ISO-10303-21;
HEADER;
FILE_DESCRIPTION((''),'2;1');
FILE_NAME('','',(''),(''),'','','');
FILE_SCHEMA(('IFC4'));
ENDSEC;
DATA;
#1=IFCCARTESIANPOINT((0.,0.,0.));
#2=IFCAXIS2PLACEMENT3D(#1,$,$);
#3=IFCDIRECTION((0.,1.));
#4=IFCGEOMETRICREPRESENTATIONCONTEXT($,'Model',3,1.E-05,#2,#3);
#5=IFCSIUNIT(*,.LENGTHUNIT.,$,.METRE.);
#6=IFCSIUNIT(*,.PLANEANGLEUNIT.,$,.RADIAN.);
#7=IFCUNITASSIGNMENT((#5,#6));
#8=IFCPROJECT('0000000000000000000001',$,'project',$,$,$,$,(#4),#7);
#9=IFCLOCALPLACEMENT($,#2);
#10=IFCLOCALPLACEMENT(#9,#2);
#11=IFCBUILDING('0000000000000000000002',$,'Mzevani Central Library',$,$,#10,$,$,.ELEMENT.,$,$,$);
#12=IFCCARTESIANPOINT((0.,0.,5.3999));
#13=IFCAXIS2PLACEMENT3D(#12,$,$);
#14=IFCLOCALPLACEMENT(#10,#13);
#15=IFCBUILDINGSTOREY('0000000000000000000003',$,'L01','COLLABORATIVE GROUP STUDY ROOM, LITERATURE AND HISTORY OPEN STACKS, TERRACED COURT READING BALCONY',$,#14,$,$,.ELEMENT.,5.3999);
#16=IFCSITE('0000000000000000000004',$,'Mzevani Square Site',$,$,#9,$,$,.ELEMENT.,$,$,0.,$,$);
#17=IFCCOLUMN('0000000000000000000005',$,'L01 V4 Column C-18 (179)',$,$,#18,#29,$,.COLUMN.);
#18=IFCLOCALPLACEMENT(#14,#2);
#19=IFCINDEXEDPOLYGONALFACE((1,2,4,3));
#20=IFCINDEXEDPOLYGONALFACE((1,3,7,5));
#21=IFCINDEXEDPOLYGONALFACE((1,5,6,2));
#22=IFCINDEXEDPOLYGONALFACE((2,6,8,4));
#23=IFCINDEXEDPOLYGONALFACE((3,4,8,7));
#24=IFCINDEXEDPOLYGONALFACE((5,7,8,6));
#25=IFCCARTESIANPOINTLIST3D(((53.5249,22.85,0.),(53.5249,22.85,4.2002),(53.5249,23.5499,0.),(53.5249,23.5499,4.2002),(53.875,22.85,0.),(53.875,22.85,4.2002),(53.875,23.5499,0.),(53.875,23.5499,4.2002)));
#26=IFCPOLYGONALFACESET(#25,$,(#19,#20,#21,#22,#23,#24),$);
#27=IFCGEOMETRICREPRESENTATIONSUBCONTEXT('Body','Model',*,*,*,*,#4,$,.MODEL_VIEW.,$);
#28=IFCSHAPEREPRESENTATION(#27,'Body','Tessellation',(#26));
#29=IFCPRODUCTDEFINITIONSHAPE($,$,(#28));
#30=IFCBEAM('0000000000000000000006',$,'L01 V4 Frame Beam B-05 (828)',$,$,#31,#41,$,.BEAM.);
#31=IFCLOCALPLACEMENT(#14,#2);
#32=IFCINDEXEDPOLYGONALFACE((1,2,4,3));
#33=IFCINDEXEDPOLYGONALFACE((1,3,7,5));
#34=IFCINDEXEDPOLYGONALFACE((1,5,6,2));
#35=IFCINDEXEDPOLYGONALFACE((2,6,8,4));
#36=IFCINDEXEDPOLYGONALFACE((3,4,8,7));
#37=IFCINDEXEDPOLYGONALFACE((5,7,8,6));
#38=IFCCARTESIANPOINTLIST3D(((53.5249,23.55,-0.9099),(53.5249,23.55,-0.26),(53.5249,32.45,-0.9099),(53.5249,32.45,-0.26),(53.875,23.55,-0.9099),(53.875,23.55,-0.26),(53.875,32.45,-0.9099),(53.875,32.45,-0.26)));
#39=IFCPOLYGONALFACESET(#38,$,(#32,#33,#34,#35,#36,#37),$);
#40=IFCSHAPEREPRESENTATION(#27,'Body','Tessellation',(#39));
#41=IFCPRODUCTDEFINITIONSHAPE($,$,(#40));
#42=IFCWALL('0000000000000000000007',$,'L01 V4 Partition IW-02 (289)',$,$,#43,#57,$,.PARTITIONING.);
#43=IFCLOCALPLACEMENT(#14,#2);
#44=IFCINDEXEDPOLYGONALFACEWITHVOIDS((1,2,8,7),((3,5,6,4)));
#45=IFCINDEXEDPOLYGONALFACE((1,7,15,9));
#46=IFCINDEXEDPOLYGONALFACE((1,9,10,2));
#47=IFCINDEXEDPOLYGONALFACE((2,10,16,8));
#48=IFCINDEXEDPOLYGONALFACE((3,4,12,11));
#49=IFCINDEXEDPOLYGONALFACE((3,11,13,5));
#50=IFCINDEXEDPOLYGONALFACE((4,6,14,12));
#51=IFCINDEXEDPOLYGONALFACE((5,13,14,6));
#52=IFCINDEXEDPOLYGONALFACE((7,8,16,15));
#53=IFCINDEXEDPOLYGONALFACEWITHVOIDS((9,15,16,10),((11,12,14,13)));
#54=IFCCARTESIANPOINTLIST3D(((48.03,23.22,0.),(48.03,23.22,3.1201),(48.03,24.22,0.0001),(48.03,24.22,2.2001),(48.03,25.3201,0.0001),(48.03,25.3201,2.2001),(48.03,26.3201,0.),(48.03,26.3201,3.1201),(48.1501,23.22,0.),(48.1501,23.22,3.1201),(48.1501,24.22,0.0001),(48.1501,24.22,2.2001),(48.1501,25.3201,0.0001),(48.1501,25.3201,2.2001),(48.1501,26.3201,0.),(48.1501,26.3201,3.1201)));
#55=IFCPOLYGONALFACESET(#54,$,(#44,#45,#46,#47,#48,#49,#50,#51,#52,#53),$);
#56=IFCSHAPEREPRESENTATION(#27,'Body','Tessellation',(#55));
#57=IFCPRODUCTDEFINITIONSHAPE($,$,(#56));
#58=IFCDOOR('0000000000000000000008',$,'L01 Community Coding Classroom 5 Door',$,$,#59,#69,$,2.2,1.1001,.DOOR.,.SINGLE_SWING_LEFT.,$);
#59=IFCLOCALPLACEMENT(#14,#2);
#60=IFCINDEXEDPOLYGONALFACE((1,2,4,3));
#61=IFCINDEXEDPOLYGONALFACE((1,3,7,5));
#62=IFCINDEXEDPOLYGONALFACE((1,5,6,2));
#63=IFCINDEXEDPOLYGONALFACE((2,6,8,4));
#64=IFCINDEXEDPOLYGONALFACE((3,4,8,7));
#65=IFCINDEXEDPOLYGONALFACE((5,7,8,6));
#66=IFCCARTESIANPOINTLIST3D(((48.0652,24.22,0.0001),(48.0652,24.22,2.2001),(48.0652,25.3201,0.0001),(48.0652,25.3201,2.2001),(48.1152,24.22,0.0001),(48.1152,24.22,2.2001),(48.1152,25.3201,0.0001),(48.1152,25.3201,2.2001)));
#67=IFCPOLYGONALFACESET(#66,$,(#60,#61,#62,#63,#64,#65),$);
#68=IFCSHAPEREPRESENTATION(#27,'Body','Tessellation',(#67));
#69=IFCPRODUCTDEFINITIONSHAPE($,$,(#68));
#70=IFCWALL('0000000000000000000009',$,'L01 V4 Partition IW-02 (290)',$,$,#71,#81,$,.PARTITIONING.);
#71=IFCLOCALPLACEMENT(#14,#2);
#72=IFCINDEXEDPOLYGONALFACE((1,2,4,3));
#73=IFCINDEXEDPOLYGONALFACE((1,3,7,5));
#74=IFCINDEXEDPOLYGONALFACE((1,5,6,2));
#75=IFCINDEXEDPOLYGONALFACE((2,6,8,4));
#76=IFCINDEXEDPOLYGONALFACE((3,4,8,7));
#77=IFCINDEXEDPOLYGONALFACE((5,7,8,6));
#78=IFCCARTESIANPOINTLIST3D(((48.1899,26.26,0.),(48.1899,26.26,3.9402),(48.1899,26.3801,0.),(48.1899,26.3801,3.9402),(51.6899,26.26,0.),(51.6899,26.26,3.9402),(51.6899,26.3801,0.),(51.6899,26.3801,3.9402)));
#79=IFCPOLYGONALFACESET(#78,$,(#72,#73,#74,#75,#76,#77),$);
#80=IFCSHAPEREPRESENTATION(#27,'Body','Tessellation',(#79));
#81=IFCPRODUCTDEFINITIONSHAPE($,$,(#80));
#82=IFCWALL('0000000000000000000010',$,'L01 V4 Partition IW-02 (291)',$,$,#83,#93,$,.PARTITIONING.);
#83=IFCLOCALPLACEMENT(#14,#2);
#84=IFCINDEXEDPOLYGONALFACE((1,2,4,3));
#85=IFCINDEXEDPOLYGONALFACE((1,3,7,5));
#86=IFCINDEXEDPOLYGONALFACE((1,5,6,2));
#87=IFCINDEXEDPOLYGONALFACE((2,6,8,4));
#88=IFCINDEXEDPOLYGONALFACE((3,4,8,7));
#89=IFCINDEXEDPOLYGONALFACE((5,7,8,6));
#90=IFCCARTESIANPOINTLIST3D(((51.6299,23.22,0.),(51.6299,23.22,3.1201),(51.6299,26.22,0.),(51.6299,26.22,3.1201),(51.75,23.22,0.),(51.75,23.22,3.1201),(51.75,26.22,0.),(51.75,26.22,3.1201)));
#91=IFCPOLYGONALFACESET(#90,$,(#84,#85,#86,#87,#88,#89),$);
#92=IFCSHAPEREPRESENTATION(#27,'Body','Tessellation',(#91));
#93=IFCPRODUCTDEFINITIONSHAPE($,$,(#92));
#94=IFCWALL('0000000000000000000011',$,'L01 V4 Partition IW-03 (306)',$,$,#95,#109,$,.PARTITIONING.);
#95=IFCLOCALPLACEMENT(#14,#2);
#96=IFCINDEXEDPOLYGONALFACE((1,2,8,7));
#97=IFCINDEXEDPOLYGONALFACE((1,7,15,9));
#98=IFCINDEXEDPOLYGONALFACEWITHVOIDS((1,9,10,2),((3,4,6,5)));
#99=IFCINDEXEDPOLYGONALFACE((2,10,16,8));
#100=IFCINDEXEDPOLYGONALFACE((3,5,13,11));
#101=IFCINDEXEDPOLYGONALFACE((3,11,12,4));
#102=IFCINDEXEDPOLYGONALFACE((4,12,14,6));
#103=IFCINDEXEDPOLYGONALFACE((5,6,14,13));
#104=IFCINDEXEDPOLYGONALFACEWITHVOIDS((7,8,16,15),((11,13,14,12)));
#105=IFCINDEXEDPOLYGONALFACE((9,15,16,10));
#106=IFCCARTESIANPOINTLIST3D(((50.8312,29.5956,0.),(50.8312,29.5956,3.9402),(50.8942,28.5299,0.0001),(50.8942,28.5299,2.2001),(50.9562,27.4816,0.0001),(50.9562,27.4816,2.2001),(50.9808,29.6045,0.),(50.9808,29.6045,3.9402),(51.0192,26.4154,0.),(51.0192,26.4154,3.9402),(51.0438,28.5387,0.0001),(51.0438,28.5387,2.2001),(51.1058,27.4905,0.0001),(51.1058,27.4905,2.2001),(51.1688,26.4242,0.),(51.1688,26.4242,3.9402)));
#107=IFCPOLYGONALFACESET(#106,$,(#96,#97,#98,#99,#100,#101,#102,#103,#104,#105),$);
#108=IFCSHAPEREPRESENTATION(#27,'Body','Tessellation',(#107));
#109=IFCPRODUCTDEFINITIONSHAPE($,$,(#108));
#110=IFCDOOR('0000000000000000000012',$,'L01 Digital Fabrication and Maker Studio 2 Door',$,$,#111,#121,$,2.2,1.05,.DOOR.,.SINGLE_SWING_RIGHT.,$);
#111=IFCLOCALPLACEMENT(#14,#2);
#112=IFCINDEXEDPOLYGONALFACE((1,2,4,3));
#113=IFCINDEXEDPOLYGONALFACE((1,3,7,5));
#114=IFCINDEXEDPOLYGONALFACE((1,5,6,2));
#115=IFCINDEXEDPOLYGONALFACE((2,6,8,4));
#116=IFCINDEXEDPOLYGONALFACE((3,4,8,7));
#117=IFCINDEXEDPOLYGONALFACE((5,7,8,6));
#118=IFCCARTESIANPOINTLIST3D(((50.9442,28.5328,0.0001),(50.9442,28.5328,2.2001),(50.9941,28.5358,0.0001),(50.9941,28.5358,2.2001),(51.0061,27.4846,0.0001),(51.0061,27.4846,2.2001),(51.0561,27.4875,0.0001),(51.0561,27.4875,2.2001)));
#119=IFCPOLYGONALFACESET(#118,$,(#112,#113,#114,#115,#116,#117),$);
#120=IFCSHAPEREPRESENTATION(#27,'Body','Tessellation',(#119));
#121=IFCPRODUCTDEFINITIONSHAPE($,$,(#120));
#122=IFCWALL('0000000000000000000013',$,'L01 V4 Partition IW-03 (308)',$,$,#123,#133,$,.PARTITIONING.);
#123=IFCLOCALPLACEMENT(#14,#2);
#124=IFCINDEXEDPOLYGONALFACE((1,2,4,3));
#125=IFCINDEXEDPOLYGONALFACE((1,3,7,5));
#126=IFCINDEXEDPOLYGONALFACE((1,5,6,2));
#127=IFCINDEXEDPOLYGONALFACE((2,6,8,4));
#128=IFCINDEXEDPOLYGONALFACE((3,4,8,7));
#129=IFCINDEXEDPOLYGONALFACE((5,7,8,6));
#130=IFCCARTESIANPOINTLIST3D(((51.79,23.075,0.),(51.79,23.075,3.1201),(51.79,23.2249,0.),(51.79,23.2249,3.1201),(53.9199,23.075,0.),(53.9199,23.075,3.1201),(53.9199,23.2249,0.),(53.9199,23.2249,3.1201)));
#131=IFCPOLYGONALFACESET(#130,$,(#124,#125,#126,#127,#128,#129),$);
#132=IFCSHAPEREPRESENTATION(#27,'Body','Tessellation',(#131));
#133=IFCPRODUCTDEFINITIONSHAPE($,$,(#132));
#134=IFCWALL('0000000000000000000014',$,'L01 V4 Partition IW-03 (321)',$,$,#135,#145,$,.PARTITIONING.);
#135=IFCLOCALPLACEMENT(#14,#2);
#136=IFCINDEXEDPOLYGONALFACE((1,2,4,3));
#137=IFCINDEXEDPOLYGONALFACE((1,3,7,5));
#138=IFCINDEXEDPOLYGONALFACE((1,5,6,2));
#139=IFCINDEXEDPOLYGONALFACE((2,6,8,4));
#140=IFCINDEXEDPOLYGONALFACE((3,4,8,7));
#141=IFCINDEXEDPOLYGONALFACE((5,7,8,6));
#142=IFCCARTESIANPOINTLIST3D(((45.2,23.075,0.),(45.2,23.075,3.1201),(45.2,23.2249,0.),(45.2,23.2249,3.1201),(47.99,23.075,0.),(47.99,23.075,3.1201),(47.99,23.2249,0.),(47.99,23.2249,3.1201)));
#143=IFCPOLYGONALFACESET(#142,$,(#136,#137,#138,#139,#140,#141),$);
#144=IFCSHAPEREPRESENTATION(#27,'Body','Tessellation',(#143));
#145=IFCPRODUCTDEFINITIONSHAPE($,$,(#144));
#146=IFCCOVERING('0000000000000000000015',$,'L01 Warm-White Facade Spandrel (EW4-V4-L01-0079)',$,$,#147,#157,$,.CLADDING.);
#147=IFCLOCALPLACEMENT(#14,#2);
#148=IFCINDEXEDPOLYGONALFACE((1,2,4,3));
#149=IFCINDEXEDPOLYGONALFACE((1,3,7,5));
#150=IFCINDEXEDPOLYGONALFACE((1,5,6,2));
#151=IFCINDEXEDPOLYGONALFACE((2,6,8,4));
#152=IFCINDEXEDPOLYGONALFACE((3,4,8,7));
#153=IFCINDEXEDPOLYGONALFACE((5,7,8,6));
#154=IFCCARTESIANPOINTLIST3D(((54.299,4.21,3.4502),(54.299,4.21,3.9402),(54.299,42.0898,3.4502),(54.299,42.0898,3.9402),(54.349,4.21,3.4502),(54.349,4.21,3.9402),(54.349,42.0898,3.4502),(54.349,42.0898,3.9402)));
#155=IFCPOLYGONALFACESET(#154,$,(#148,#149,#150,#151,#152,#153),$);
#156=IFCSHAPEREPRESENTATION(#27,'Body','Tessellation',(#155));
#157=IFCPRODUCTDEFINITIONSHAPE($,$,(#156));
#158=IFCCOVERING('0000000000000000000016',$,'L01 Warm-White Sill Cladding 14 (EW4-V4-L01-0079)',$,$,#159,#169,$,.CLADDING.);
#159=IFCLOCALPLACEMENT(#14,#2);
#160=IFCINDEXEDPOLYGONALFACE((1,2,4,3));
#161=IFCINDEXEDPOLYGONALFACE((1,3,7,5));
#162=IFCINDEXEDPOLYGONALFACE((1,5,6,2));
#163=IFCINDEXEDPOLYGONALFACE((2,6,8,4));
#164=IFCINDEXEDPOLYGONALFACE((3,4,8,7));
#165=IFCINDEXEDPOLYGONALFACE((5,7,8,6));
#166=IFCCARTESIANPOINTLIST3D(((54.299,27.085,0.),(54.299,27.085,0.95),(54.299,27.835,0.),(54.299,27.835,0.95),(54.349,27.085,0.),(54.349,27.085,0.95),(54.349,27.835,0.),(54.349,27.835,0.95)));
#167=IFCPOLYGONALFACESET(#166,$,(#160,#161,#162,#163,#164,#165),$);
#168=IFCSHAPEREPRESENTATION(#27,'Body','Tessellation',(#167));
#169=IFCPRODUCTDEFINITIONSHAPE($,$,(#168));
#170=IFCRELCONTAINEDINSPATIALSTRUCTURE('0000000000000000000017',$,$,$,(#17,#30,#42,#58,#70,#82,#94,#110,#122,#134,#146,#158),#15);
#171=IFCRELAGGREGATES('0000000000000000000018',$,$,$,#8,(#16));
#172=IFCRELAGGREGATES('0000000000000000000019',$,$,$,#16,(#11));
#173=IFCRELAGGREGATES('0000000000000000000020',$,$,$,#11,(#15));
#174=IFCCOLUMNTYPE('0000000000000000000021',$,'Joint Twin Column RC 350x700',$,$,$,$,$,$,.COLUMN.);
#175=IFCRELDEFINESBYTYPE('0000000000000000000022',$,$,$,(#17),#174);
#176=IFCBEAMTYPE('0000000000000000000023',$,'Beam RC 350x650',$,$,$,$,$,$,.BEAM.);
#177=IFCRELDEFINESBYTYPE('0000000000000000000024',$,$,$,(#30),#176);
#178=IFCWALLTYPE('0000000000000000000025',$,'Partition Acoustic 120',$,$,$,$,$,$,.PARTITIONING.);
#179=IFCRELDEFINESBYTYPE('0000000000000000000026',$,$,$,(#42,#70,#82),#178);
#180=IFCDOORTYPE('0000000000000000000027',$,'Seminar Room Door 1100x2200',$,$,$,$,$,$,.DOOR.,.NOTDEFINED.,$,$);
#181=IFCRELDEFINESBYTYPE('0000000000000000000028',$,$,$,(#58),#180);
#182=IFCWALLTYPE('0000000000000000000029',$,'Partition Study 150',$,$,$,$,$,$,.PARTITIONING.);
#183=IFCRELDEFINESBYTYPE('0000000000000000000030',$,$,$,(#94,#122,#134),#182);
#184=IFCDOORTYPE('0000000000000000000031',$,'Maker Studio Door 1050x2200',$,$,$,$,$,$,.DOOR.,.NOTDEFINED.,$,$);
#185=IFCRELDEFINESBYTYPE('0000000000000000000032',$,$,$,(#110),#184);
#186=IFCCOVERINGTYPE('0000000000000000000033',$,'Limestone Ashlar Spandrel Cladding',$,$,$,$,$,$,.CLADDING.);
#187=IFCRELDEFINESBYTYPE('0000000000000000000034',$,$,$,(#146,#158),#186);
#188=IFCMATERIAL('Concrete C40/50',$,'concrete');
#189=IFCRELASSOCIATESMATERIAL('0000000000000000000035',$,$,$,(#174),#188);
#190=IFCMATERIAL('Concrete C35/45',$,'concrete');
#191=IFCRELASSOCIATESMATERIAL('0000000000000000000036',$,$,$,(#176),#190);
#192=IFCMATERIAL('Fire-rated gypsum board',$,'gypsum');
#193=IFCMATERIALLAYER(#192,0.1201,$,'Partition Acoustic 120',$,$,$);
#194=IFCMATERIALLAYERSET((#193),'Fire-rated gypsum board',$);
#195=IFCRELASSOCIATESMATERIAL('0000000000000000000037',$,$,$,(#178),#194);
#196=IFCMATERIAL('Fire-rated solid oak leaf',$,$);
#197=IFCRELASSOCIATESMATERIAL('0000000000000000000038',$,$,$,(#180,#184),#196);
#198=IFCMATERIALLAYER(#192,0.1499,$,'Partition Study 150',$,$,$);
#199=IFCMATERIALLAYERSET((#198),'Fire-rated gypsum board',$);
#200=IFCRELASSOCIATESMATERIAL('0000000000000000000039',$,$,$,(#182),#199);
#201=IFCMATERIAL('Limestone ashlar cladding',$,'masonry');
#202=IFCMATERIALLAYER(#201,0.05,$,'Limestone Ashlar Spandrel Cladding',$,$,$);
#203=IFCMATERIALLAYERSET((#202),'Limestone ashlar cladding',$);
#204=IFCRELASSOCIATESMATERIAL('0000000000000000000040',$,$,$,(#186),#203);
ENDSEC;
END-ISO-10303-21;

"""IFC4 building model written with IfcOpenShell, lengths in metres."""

from ifc_helpers import new_model, si_unit, direction, frame, frame_2d, origin, origin_2d, place, context, subcontext, project, spatial, rectangle, extrude, material, layer, layer_set, material_profile, profile_set, type_object, element, fill, save


model = new_model("IFC4")

# Units and contexts
model_context = context("Model", 3, precision=1e-05, world=origin(), true_north=direction((0.0, 1.0)))
body_context = subcontext(model_context, "Body", "Model", "MODEL_VIEW")
ifc_project = project(units=[si_unit("LENGTHUNIT", "METRE"), si_unit("PLANEANGLEUNIT", "RADIAN")], contexts=[model_context])

# Site, building, storey
site_placement = place(None, origin())
site = spatial("IfcSite", under=ifc_project, at=site_placement, Name="Mzevani Square Site", CompositionType="ELEMENT", RefElevation=0.0)
building_placement = place(site_placement, origin())
building = spatial("IfcBuilding", under=site, at=building_placement, Name="Mzevani Central Library", CompositionType="ELEMENT")
storey_placement = place(building_placement, frame((0.0, 0.0, 5.3999)))
storey = spatial("IfcBuildingStorey", under=building, at=storey_placement, Name="L01", Description="COLLABORATIVE GROUP STUDY ROOM, LITERATURE AND HISTORY OPEN STACKS, TERRACED COURT READING BALCONY", CompositionType="ELEMENT", Elevation=5.3999)

# Column
ifc_material_1 = material(Name="Concrete C40/50", Category="concrete")
ifc_material_profile_1 = material_profile(ifc_material_1, rectangle(XDim=0.3501, YDim=0.7, at=origin_2d()), Name="RC 350x700")
ifc_profile_set_1 = profile_set([ifc_material_profile_1], Name="Concrete C40/50")
column_type = type_object("IfcColumnType", Name="Joint Twin Column RC 350x700", PredefinedType="COLUMN", material=ifc_profile_set_1)
column_placement = place(storey_placement, frame((53.7, 23.2, 0.0), z_axis=(0.0, 0.0, 1.0), x_axis=(1.0, 0.0, 0.0)))
element("IfcColumn", 1, at=column_placement, inside=storey, type_object=column_type, Name="L01 V4 Column C-18 (179)", PredefinedType="COLUMN", context=body_context, shape_type="SweptSolid", body=[
    extrude(rectangle(XDim=0.3501, YDim=0.7, at=origin_2d()), origin(), (0.0, 0.0, 1.0), 4.2002),
])

# Beam
ifc_material_2 = material(Name="Concrete C35/45", Category="concrete")
ifc_material_profile_2 = material_profile(ifc_material_2, rectangle(XDim=0.3501, YDim=0.6499, at=origin_2d()), Name="RC B350x650")
ifc_profile_set_2 = profile_set([ifc_material_profile_2], Name="Concrete C35/45")
beam_type = type_object("IfcBeamType", Name="Beam RC 350x650", PredefinedType="BEAM", material=ifc_profile_set_2)
beam_placement = place(storey_placement, frame((53.7, 23.55, -0.585), z_axis=(0.0, 1.0, 0.0), x_axis=(-1.0, 0.0, 0.0)))
element("IfcBeam", 2, at=beam_placement, inside=storey, type_object=beam_type, Name="L01 V4 Frame Beam B-05 (828)", PredefinedType="BEAM", context=body_context, shape_type="SweptSolid", body=[
    extrude(rectangle(XDim=0.3501, YDim=0.6499, at=origin_2d()), origin(), (0.0, 0.0, 1.0), 8.8999),
])

# Wall, opening, door
ifc_material_3 = material(Name="Fire-rated gypsum board", Category="gypsum")
ifc_layer_1 = layer(ifc_material_3, 0.1201, Name="Partition Acoustic 120")
ifc_layer_set_1 = layer_set([ifc_layer_1], Name="Fire-rated gypsum board")
wall_type_1 = type_object("IfcWallType", Name="Partition Acoustic 120", PredefinedType="PARTITIONING", material=ifc_layer_set_1)
ifc_material_4 = material(Name="Fire-rated solid oak leaf")
wall_1_placement = place(storey_placement, frame((48.0901, 23.22, 0.0), z_axis=(0.0, 0.0, 1.0), x_axis=(0.0, 1.0, 0.0)))
wall_1 = element("IfcWall", 3, at=wall_1_placement, inside=storey, type_object=wall_type_1, Name="L01 V4 Partition IW-02 (289)", PredefinedType="PARTITIONING", context=body_context, shape_type="SweptSolid", body=[
    extrude(rectangle(XDim=3.1001, YDim=0.1201, at=frame_2d((1.55, 0.0))), origin(), (0.0, 0.0, 1.0), 3.1201),
])
opening_1_placement = place(wall_1_placement, frame((1.0, 0.0, 0.0)))
opening_1 = element("IfcOpeningElement", 4, at=opening_1_placement, cuts=wall_1, PredefinedType="OPENING", context=body_context, shape_type="SweptSolid", body=[
    extrude(rectangle(XDim=1.1001, YDim=2.2, at=frame_2d((0.55, 1.1001))), frame((0.0, 0.0701, 0.0), z_axis=(0.0, -1.0, 0.0), x_axis=(1.0, 0.0, 0.0)), (0.0, 0.0, 1.0), 0.1401),
])
door_type_1 = type_object("IfcDoorType", Name="Seminar Room Door 1100x2200", OperationType="NOTDEFINED", PredefinedType="DOOR", material=ifc_material_4)
door_1_placement = place(opening_1_placement, origin())
door_1 = element("IfcDoor", 5, at=door_1_placement, inside=storey, type_object=door_type_1, Name="L01 Community Coding Classroom 5 Door", OperationType="SINGLE_SWING_LEFT", OverallHeight=2.2, OverallWidth=1.1001, PredefinedType="DOOR", context=body_context, shape_type="SweptSolid", body=[
    extrude(rectangle(XDim=1.1001, YDim=2.2, at=frame_2d((0.55, 1.1001))), frame((0.0, 0.0249, 0.0), z_axis=(0.0, -1.0, 0.0), x_axis=(1.0, 0.0, 0.0)), (0.0, 0.0, 1.0), 0.05),
])
fill(opening_1, door_1)

# Walls
wall_2_placement = place(storey_placement, frame((48.1899, 26.3201, 0.0), z_axis=(0.0, 0.0, 1.0), x_axis=(1.0, 0.0, 0.0)))
element("IfcWall", 6, at=wall_2_placement, inside=storey, type_object=wall_type_1, Name="L01 V4 Partition IW-02 (290)", PredefinedType="PARTITIONING", context=body_context, shape_type="SweptSolid", body=[
    extrude(rectangle(XDim=3.5, YDim=0.1201, at=frame_2d((1.75, 0.0))), origin(), (0.0, 0.0, 1.0), 3.9402),
])
wall_3_placement = place(storey_placement, frame((51.6899, 26.22, 0.0), z_axis=(0.0, 0.0, 1.0), x_axis=(0.0, -1.0, 0.0)))
element("IfcWall", 7, at=wall_3_placement, inside=storey, type_object=wall_type_1, Name="L01 V4 Partition IW-02 (291)", PredefinedType="PARTITIONING", context=body_context, shape_type="SweptSolid", body=[
    extrude(rectangle(XDim=3.0, YDim=0.1201, at=frame_2d((1.5, 0.0))), origin(), (0.0, 0.0, 1.0), 3.1201),
])

# Wall, opening, door
ifc_layer_2 = layer(ifc_material_3, 0.1499, Name="Partition Study 150")
ifc_layer_set_2 = layer_set([ifc_layer_2], Name="Fire-rated gypsum board")
wall_type_2 = type_object("IfcWallType", Name="Partition Study 150", PredefinedType="PARTITIONING", material=ifc_layer_set_2)
wall_4_placement = place(storey_placement, frame((51.094, 26.4199, 0.0), z_axis=(0.0, 0.0, 1.0), x_axis=(-0.05901, 0.998257, 0.0)))
wall_4 = element("IfcWall", 8, at=wall_4_placement, inside=storey, type_object=wall_type_2, Name="L01 V4 Partition IW-03 (306)", PredefinedType="PARTITIONING", context=body_context, shape_type="SweptSolid", body=[
    extrude(rectangle(XDim=3.1858, YDim=0.1499, at=frame_2d((1.5928, 0.0))), origin(), (0.0, 0.0, 1.0), 3.9402),
])
opening_2_placement = place(wall_4_placement, frame((1.0681, 0.0, 0.0)))
opening_2 = element("IfcOpeningElement", 9, at=opening_2_placement, cuts=wall_4, PredefinedType="OPENING", context=body_context, shape_type="SweptSolid", body=[
    extrude(rectangle(XDim=1.05, YDim=2.2, at=frame_2d((0.5249, 1.1001))), frame((0.0, 0.085, 0.0), z_axis=(0.0, -1.0, 0.0), x_axis=(1.0, 0.0, 0.0)), (0.0, 0.0, 1.0), 0.1699),
])
door_type_2 = type_object("IfcDoorType", Name="Maker Studio Door 1050x2200", OperationType="NOTDEFINED", PredefinedType="DOOR", material=ifc_material_4)
door_2_placement = place(opening_2_placement, origin())
door_2 = element("IfcDoor", 10, at=door_2_placement, inside=storey, type_object=door_type_2, Name="L01 Digital Fabrication and Maker Studio 2 Door", OperationType="SINGLE_SWING_RIGHT", OverallHeight=2.2, OverallWidth=1.05, PredefinedType="DOOR", context=body_context, shape_type="SweptSolid", body=[
    extrude(rectangle(XDim=1.05, YDim=2.2, at=frame_2d((0.5249, 1.1001))), frame((0.0, 0.0249, 0.0), z_axis=(0.0, -1.0, 0.0), x_axis=(1.0, 0.0, 0.0)), (0.0, 0.0, 1.0), 0.05),
])
fill(opening_2, door_2)

# Walls
wall_5_placement = place(storey_placement, frame((53.9199, 23.1499, 0.0), z_axis=(0.0, 0.0, 1.0), x_axis=(-1.0, 0.0, 0.0)))
element("IfcWall", 11, at=wall_5_placement, inside=storey, type_object=wall_type_2, Name="L01 V4 Partition IW-03 (308)", PredefinedType="PARTITIONING", context=body_context, shape_type="SweptSolid", body=[
    extrude(rectangle(XDim=2.1299, YDim=0.1499, at=frame_2d((1.0649, 0.0))), origin(), (0.0, 0.0, 1.0), 3.1201),
])
wall_6_placement = place(storey_placement, frame((47.99, 23.1499, 0.0), z_axis=(0.0, 0.0, 1.0), x_axis=(-1.0, 0.0, 0.0)))
element("IfcWall", 12, at=wall_6_placement, inside=storey, type_object=wall_type_2, Name="L01 V4 Partition IW-03 (321)", PredefinedType="PARTITIONING", context=body_context, shape_type="SweptSolid", body=[
    extrude(rectangle(XDim=2.79, YDim=0.1499, at=frame_2d((1.395, 0.0))), origin(), (0.0, 0.0, 1.0), 3.1201),
])

# Coverings
ifc_material_5 = material(Name="Limestone ashlar cladding", Category="masonry")
ifc_layer_3 = layer(ifc_material_5, 0.05, Name="Limestone Ashlar Spandrel Cladding")
ifc_layer_set_3 = layer_set([ifc_layer_3], Name="Limestone ashlar cladding")
covering_type = type_object("IfcCoveringType", Name="Limestone Ashlar Spandrel Cladding", PredefinedType="CLADDING", material=ifc_layer_set_3)
covering_1_placement = place(storey_placement, frame((54.324, 23.1499, 3.4502), z_axis=(0.0, 0.0, 1.0), x_axis=(0.0, -1.0, 0.0)))
element("IfcCovering", 13, at=covering_1_placement, inside=storey, type_object=covering_type, Name="L01 Warm-White Facade Spandrel (EW4-V4-L01-0079)", PredefinedType="CLADDING", context=body_context, shape_type="SweptSolid", body=[
    extrude(rectangle(XDim=37.8799, YDim=0.05, at=origin_2d()), origin(), (0.0, 0.0, 1.0), 0.49),
])
covering_2_placement = place(storey_placement, frame((54.324, 27.46, 0.0), z_axis=(0.0, 0.0, 1.0), x_axis=(0.0, -1.0, 0.0)))
element("IfcCovering", 14, at=covering_2_placement, inside=storey, type_object=covering_type, Name="L01 Warm-White Sill Cladding 14 (EW4-V4-L01-0079)", PredefinedType="CLADDING", context=body_context, shape_type="SweptSolid", body=[
    extrude(rectangle(XDim=0.75, YDim=0.05, at=origin_2d()), origin(), (0.0, 0.0, 1.0), 0.95),
])

save(model, "model.ifc")
